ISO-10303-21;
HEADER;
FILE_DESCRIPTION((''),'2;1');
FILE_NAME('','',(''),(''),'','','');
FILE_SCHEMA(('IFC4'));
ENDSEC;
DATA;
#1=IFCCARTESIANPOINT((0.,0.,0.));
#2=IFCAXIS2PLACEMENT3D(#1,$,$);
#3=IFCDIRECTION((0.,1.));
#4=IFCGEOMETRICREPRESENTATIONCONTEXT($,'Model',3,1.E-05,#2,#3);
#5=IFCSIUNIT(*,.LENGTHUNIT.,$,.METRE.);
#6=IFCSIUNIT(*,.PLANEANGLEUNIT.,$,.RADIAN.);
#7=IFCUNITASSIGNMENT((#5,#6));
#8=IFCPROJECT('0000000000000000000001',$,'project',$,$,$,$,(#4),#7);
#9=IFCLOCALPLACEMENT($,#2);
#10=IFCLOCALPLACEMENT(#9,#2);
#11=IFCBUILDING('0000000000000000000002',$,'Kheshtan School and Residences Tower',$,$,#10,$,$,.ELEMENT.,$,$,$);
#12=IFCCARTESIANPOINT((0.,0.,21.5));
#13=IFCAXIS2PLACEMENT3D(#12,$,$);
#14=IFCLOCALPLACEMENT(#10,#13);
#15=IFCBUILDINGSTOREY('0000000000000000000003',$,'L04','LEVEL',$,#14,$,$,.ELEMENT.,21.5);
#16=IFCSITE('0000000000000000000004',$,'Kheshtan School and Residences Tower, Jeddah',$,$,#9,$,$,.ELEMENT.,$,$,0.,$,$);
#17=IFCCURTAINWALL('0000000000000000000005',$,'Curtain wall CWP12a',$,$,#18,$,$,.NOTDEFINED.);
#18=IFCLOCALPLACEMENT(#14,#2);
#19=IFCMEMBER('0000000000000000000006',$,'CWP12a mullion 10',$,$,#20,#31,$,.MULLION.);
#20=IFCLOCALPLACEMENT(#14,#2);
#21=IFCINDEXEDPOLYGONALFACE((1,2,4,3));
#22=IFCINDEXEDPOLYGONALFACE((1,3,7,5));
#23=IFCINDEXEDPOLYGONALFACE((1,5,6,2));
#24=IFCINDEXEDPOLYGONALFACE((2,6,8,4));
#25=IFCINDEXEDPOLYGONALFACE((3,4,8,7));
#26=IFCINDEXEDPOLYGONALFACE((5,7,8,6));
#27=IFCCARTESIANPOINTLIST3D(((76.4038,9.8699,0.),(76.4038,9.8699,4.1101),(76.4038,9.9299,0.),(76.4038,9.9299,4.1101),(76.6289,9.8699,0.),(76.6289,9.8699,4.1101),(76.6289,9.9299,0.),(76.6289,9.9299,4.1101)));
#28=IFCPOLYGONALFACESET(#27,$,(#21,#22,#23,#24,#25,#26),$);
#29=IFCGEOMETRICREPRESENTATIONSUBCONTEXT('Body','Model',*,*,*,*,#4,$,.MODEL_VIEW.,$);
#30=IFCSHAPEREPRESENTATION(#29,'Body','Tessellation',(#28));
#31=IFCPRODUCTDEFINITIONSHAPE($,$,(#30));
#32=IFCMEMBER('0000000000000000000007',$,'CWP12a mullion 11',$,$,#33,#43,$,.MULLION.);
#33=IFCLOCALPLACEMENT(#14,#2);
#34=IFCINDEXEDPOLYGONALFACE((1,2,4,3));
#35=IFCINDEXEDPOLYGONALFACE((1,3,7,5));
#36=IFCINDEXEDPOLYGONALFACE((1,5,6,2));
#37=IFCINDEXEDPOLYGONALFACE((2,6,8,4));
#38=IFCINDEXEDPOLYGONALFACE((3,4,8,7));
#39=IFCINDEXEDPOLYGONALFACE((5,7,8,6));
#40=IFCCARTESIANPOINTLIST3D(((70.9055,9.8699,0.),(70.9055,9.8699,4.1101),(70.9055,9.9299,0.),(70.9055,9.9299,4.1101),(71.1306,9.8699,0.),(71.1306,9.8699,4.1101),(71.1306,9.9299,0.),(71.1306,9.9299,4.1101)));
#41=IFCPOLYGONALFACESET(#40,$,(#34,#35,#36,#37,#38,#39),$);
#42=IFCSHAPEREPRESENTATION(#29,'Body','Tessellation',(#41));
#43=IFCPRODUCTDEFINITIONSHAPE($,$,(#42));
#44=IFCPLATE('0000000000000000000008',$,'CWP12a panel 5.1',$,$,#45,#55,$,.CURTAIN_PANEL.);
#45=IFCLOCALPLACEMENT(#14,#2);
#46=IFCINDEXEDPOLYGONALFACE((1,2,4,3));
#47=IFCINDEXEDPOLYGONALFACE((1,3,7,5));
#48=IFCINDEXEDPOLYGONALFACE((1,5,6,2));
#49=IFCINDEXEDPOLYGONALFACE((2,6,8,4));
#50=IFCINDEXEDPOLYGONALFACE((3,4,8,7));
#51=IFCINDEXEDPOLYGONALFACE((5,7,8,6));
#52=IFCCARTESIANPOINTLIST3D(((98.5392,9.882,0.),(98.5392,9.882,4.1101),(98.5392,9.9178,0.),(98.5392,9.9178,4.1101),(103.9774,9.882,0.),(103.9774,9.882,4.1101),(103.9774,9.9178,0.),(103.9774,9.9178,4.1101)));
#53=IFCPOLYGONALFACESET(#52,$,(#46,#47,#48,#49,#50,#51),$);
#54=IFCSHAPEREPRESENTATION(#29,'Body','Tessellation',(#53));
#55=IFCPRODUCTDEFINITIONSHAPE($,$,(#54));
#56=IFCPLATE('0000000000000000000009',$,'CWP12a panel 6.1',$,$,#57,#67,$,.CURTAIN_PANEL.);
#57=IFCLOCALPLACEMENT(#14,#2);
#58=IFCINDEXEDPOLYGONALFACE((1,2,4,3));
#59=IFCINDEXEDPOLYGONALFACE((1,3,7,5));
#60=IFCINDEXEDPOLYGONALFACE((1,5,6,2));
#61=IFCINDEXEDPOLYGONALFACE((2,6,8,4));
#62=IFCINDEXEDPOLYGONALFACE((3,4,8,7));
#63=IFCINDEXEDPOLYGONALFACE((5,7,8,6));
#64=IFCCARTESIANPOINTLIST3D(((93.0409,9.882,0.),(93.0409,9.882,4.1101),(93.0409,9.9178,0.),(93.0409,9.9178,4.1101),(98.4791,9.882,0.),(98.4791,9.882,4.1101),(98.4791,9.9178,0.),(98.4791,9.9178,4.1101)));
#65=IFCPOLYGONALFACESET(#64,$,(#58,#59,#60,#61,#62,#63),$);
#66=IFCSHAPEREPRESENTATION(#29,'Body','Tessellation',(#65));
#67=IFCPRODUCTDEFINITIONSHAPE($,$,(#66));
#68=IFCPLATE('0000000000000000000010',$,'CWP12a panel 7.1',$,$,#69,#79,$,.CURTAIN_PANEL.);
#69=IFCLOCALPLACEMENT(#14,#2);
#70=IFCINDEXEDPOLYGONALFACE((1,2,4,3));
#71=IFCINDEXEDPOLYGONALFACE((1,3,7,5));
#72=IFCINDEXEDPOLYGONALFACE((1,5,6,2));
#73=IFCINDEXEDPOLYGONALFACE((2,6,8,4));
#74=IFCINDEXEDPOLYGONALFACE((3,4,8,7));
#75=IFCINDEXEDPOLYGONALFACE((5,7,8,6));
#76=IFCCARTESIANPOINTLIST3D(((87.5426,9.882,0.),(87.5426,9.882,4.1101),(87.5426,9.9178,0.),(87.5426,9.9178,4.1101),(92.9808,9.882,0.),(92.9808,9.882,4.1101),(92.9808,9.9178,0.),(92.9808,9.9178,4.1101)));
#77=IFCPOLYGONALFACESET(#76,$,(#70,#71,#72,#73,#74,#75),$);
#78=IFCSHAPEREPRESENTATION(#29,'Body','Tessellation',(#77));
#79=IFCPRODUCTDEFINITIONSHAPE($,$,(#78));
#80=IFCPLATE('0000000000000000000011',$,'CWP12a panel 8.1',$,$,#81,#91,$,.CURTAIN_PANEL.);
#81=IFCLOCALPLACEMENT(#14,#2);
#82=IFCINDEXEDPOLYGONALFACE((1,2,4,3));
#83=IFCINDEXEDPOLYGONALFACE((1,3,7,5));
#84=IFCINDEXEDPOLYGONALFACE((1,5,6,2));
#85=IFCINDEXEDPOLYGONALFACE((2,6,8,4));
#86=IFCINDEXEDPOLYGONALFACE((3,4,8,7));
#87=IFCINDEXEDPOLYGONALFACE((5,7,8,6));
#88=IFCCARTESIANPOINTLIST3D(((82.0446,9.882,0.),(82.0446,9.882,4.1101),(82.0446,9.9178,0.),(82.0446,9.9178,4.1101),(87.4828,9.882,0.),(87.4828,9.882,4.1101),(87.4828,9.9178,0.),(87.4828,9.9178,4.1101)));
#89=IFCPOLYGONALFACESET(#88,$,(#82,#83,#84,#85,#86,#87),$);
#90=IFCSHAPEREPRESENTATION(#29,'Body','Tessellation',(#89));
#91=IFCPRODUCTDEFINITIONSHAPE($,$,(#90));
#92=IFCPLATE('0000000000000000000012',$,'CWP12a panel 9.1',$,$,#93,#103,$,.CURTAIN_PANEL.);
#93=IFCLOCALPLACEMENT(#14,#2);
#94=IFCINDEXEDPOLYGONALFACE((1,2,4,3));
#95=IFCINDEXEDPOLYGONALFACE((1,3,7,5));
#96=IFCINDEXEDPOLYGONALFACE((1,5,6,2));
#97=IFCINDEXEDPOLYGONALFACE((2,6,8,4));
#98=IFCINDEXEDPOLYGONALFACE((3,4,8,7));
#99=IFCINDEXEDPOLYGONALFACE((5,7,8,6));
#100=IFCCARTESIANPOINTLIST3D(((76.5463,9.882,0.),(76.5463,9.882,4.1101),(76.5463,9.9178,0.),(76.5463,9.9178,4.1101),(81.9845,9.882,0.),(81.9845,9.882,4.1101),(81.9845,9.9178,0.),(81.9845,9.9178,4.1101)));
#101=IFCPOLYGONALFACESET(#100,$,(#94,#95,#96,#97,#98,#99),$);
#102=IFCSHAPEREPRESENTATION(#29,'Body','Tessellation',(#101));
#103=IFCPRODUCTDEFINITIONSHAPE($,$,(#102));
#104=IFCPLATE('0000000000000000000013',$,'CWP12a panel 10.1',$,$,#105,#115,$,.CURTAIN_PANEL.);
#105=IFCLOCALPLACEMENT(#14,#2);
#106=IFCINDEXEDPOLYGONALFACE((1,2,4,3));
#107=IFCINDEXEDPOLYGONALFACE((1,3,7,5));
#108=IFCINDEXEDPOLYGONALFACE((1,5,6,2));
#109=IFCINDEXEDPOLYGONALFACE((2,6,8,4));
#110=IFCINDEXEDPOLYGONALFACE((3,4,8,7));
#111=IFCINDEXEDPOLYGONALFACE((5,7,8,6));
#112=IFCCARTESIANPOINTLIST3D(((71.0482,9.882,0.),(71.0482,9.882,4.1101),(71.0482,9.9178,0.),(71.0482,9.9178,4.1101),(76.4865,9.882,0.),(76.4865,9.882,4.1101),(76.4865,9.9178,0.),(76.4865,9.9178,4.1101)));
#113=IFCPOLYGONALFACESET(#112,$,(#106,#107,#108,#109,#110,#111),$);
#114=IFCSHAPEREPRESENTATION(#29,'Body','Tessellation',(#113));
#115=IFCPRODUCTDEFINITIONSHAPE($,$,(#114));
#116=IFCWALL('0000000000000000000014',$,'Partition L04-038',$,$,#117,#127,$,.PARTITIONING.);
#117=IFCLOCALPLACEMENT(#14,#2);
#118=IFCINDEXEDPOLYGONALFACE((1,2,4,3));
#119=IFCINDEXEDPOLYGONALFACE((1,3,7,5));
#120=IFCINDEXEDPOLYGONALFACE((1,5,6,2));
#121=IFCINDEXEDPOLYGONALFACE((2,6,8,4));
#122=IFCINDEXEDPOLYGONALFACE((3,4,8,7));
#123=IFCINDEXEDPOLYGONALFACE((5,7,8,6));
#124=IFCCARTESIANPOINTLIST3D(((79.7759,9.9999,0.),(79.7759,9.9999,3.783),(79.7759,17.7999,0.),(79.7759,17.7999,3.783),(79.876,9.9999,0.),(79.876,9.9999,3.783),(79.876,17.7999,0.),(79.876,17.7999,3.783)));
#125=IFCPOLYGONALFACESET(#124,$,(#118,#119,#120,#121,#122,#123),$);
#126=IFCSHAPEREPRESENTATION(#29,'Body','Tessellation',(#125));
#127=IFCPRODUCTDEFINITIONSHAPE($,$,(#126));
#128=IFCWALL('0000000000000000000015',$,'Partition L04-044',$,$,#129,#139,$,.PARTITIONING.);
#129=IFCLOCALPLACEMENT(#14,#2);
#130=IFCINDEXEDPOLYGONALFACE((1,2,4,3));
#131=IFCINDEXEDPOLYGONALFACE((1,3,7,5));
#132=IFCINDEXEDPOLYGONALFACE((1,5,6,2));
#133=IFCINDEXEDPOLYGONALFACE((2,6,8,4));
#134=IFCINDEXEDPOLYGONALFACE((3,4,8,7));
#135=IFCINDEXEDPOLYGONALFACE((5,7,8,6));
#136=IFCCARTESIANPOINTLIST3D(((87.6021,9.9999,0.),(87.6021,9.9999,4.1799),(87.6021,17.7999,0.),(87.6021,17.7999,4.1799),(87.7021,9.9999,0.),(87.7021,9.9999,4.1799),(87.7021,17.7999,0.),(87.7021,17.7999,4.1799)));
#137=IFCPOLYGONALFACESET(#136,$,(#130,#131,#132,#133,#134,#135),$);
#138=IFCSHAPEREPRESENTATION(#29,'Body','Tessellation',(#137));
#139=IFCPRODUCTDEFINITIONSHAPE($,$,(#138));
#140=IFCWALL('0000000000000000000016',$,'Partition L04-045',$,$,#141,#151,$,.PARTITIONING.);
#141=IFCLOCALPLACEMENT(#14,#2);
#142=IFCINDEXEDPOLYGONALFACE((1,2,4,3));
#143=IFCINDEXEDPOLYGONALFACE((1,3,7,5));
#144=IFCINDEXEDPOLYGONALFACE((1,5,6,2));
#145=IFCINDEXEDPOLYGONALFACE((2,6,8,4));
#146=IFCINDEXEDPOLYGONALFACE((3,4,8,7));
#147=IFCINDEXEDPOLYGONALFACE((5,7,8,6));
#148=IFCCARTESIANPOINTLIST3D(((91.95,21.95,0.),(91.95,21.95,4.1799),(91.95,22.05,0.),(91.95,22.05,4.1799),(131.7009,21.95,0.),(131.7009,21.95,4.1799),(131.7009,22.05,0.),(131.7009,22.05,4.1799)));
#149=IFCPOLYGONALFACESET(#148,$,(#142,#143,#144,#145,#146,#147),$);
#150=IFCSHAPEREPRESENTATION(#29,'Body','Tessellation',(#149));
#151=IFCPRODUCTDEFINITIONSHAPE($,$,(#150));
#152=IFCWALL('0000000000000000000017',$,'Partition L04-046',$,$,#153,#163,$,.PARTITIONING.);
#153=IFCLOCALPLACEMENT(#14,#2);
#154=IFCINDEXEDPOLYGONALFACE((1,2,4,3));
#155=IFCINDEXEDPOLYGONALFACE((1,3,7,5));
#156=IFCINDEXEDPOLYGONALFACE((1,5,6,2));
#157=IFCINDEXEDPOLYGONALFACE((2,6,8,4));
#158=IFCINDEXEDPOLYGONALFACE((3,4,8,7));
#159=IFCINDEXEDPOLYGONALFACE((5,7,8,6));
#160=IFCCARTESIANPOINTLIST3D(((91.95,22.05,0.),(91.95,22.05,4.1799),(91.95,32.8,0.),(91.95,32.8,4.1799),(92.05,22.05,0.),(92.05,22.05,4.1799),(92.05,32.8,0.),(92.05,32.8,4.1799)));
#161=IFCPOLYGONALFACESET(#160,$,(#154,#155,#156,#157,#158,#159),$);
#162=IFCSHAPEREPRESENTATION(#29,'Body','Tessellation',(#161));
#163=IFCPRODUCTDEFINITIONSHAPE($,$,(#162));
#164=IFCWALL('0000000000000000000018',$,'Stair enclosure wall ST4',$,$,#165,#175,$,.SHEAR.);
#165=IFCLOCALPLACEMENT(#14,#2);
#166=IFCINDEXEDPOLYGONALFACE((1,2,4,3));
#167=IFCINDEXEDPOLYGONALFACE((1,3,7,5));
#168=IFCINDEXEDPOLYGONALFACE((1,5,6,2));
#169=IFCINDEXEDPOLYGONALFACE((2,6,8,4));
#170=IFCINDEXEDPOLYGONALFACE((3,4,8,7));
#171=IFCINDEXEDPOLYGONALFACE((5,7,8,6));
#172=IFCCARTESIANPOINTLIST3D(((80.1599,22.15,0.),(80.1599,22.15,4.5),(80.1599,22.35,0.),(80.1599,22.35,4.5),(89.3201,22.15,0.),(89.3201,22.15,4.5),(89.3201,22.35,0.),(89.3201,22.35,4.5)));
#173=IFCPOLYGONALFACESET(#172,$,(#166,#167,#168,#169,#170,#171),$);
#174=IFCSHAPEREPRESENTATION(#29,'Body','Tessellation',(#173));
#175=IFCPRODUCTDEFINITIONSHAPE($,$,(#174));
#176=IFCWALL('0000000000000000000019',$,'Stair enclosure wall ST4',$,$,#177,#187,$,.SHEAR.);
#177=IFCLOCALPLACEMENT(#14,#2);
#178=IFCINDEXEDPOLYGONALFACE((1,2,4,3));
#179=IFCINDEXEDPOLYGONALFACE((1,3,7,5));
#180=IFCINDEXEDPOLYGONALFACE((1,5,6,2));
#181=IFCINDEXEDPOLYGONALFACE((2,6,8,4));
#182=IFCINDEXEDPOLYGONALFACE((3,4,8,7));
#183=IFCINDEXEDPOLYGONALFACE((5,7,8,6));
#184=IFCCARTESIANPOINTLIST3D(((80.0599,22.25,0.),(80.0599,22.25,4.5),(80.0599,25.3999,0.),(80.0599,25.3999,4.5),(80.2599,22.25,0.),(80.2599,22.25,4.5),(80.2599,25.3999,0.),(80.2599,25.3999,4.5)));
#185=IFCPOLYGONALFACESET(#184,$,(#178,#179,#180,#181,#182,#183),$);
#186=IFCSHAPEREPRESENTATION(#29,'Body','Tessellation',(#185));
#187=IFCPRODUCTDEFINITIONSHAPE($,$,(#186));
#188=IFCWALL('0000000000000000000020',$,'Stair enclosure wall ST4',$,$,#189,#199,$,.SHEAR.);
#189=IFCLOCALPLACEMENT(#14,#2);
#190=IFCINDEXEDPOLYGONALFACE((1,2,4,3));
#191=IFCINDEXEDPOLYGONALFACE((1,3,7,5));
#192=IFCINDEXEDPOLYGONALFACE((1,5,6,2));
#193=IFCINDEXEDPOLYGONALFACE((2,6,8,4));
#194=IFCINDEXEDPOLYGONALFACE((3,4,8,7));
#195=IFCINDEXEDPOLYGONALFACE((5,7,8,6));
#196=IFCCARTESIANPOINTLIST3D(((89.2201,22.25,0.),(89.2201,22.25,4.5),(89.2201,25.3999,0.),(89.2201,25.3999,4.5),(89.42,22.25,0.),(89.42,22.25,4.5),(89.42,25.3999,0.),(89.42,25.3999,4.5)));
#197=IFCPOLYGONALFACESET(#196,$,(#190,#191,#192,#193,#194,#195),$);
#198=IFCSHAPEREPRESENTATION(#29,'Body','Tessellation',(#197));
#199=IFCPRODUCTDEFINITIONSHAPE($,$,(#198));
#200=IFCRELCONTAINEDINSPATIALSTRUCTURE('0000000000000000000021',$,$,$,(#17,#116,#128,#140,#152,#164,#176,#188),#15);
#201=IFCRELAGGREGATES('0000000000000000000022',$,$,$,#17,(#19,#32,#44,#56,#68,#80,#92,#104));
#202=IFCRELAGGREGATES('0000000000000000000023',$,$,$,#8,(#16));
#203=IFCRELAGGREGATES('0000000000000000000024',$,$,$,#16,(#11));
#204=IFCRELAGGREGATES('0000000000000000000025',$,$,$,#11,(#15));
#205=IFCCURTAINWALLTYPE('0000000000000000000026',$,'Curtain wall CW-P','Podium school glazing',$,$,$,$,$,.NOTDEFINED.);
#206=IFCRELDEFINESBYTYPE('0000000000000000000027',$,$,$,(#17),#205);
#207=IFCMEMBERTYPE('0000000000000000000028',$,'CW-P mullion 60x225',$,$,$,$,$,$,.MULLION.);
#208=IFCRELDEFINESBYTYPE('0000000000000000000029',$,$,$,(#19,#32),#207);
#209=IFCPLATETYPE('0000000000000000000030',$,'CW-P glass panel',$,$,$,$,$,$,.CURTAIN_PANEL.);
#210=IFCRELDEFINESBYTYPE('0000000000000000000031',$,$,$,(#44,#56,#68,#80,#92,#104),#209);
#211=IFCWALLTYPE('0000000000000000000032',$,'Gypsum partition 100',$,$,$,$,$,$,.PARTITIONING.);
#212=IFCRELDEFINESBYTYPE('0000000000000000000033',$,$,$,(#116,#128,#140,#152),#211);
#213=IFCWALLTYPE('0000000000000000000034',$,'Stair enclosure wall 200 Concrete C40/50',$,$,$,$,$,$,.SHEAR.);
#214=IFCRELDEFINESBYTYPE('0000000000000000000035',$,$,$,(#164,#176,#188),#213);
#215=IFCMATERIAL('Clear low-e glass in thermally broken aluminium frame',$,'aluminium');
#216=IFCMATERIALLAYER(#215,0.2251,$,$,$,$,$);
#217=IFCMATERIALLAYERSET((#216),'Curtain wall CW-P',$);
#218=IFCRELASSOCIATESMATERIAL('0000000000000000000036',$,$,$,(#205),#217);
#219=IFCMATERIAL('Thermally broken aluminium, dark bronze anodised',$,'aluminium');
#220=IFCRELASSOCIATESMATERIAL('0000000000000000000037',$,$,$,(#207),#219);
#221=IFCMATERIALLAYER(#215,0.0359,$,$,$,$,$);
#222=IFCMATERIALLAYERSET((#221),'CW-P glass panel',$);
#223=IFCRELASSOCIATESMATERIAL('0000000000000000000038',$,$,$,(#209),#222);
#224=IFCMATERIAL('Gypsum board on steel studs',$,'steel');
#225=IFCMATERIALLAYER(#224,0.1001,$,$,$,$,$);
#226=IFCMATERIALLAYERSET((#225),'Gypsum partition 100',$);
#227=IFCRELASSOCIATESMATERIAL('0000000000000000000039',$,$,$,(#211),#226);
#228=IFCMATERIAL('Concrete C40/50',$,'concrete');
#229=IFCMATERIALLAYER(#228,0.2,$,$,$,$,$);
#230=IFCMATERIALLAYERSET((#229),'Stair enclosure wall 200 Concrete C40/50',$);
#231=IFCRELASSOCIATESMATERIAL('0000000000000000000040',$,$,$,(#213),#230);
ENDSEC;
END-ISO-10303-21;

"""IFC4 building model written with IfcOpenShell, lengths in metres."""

from ifc_helpers import new_model, si_unit, direction, frame, frame_2d, origin, origin_2d, place, context, subcontext, project, spatial, rectangle, extrude, material, layer, layer_set, material_profile, profile_set, type_object, element, aggregate, save


model = new_model("IFC4")

# Units and contexts
model_context = context("Model", 3, precision=1e-05, world=origin(), true_north=direction((0.0, 1.0)))
body_context = subcontext(model_context, "Body", "Model", "MODEL_VIEW")
ifc_project = project(units=[si_unit("LENGTHUNIT", "METRE"), si_unit("PLANEANGLEUNIT", "RADIAN")], contexts=[model_context])

# Site, building, storey
site_placement = place(None, origin())
site = spatial("IfcSite", under=ifc_project, at=site_placement, Name="Kheshtan School and Residences Tower, Jeddah", CompositionType="ELEMENT", RefElevation=0.0)
building_placement = place(site_placement, origin())
building = spatial("IfcBuilding", under=site, at=building_placement, Name="Kheshtan School and Residences Tower", CompositionType="ELEMENT")
storey_placement = place(building_placement, frame((0.0, 0.0, 21.5)))
storey = spatial("IfcBuildingStorey", under=building, at=storey_placement, Name="L04", Description="LEVEL", CompositionType="ELEMENT", Elevation=21.5)

# Curtain wall, members, plates
ifc_material_1 = material(Name="Clear low-e glass in thermally broken aluminium frame", Category="aluminium")
ifc_layer_1 = layer(ifc_material_1, 0.2251)
ifc_layer_set_1 = layer_set([ifc_layer_1], Name="Curtain wall CW-P")
curtain_wall_type = type_object("IfcCurtainWallType", Name="Curtain wall CW-P", Description="Podium school glazing", PredefinedType="NOTDEFINED", material=ifc_layer_set_1)
curtain_wall_placement = place(storey_placement, origin())
curtain_wall = element("IfcCurtainWall", 1, at=curtain_wall_placement, inside=storey, type_object=curtain_wall_type, Name="Curtain wall CWP12a", PredefinedType="NOTDEFINED")
ifc_material_2 = material(Name="Thermally broken aluminium, dark bronze anodised", Category="aluminium")
ifc_material_profile_1 = material_profile(ifc_material_2, rectangle(XDim=0.0601, YDim=0.2251, at=origin_2d()), Name="CW-P mullion 60x225")
ifc_profile_set_1 = profile_set([ifc_material_profile_1], Name="Thermally broken aluminium, dark bronze anodised")
member_type = type_object("IfcMemberType", Name="CW-P mullion 60x225", PredefinedType="MULLION", material=ifc_profile_set_1)
member_1_placement = place(storey_placement, frame((76.5164, 9.8999, 0.0), z_axis=(0.0, 0.0, 1.0), x_axis=(0.0, -1.0, 0.0)))
member_1 = element("IfcMember", 2, at=member_1_placement, type_object=member_type, Name="CWP12a mullion 10", PredefinedType="MULLION", context=body_context, shape_type="SweptSolid", body=[
    extrude(rectangle(XDim=0.0601, YDim=0.2251, at=origin_2d()), origin(), (0.0, 0.0, 1.0), 4.1101),
])
member_2_placement = place(storey_placement, frame((71.0181, 9.8999, 0.0), z_axis=(0.0, 0.0, 1.0), x_axis=(0.0, -1.0, 0.0)))
member_2 = element("IfcMember", 3, at=member_2_placement, type_object=member_type, Name="CWP12a mullion 11", PredefinedType="MULLION", context=body_context, shape_type="SweptSolid", body=[
    extrude(rectangle(XDim=0.0601, YDim=0.2251, at=origin_2d()), origin(), (0.0, 0.0, 1.0), 4.1101),
])
ifc_layer_2 = layer(ifc_material_1, 0.0359)
ifc_layer_set_2 = layer_set([ifc_layer_2], Name="CW-P glass panel")
plate_type = type_object("IfcPlateType", Name="CW-P glass panel", PredefinedType="CURTAIN_PANEL", material=ifc_layer_set_2)
plate_1_placement = place(storey_placement, frame((101.2583, 9.8999, 0.0), z_axis=(0.0, 0.0, 1.0), x_axis=(-1.0, 0.0, 0.0)))
plate_1 = element("IfcPlate", 4, at=plate_1_placement, type_object=plate_type, Name="CWP12a panel 5.1", PredefinedType="CURTAIN_PANEL", context=body_context, shape_type="SweptSolid", body=[
    extrude(rectangle(XDim=5.4382, YDim=0.0359, at=origin_2d()), origin(), (0.0, 0.0, 1.0), 4.1101),
])
plate_2_placement = place(storey_placement, frame((95.76, 9.8999, 0.0), z_axis=(0.0, 0.0, 1.0), x_axis=(-1.0, 0.0, 0.0)))
plate_2 = element("IfcPlate", 5, at=plate_2_placement, type_object=plate_type, Name="CWP12a panel 6.1", PredefinedType="CURTAIN_PANEL", context=body_context, shape_type="SweptSolid", body=[
    extrude(rectangle(XDim=5.4382, YDim=0.0359, at=origin_2d()), origin(), (0.0, 0.0, 1.0), 4.1101),
])
plate_3_placement = place(storey_placement, frame((90.2617, 9.8999, 0.0), z_axis=(0.0, 0.0, 1.0), x_axis=(-1.0, 0.0, 0.0)))
plate_3 = element("IfcPlate", 6, at=plate_3_placement, type_object=plate_type, Name="CWP12a panel 7.1", PredefinedType="CURTAIN_PANEL", context=body_context, shape_type="SweptSolid", body=[
    extrude(rectangle(XDim=5.4382, YDim=0.0359, at=origin_2d()), origin(), (0.0, 0.0, 1.0), 4.1101),
])
plate_4_placement = place(storey_placement, frame((84.7637, 9.8999, 0.0), z_axis=(0.0, 0.0, 1.0), x_axis=(-1.0, 0.0, 0.0)))
plate_4 = element("IfcPlate", 7, at=plate_4_placement, type_object=plate_type, Name="CWP12a panel 8.1", PredefinedType="CURTAIN_PANEL", context=body_context, shape_type="SweptSolid", body=[
    extrude(rectangle(XDim=5.4382, YDim=0.0359, at=origin_2d()), origin(), (0.0, 0.0, 1.0), 4.1101),
])
plate_5_placement = place(storey_placement, frame((79.2654, 9.8999, 0.0), z_axis=(0.0, 0.0, 1.0), x_axis=(-1.0, 0.0, 0.0)))
plate_5 = element("IfcPlate", 8, at=plate_5_placement, type_object=plate_type, Name="CWP12a panel 9.1", PredefinedType="CURTAIN_PANEL", context=body_context, shape_type="SweptSolid", body=[
    extrude(rectangle(XDim=5.4382, YDim=0.0359, at=origin_2d()), origin(), (0.0, 0.0, 1.0), 4.1101),
])
plate_6_placement = place(storey_placement, frame((73.7673, 9.8999, 0.0), z_axis=(0.0, 0.0, 1.0), x_axis=(-1.0, 0.0, 0.0)))
plate_6 = element("IfcPlate", 9, at=plate_6_placement, type_object=plate_type, Name="CWP12a panel 10.1", PredefinedType="CURTAIN_PANEL", context=body_context, shape_type="SweptSolid", body=[
    extrude(rectangle(XDim=5.4382, YDim=0.0359, at=origin_2d()), origin(), (0.0, 0.0, 1.0), 4.1101),
])
aggregate(curtain_wall, [member_1, member_2, plate_1, plate_2, plate_3, plate_4, plate_5, plate_6])

# Walls
ifc_material_3 = material(Name="Gypsum board on steel studs", Category="steel")
ifc_layer_3 = layer(ifc_material_3, 0.1001)
ifc_layer_set_3 = layer_set([ifc_layer_3], Name="Gypsum partition 100")
wall_type_1 = type_object("IfcWallType", Name="Gypsum partition 100", PredefinedType="PARTITIONING", material=ifc_layer_set_3)
wall_1_placement = place(storey_placement, frame((79.8259, 10.0, 0.0), z_axis=(0.0, 0.0, 1.0), x_axis=(0.0, 1.0, 0.0)))
element("IfcWall", 10, at=wall_1_placement, inside=storey, type_object=wall_type_1, Name="Partition L04-038", PredefinedType="PARTITIONING", context=body_context, shape_type="SweptSolid", body=[
    extrude(rectangle(XDim=7.8, YDim=0.1001, at=frame_2d((3.8999, 0.0))), origin(), (0.0, 0.0, 1.0), 3.783),
])
wall_2_placement = place(storey_placement, frame((87.6521, 10.0, 0.0), z_axis=(0.0, 0.0, 1.0), x_axis=(0.0, 1.0, 0.0)))
element("IfcWall", 11, at=wall_2_placement, inside=storey, type_object=wall_type_1, Name="Partition L04-044", PredefinedType="PARTITIONING", context=body_context, shape_type="SweptSolid", body=[
    extrude(rectangle(XDim=7.8, YDim=0.1001, at=frame_2d((3.8999, 0.0))), origin(), (0.0, 0.0, 1.0), 4.1799),
])
wall_3_placement = place(storey_placement, frame((91.95, 22.0, 0.0), z_axis=(0.0, 0.0, 1.0), x_axis=(1.0, 0.0, 0.0)))
element("IfcWall", 12, at=wall_3_placement, inside=storey, type_object=wall_type_1, Name="Partition L04-045", PredefinedType="PARTITIONING", context=body_context, shape_type="SweptSolid", body=[
    extrude(rectangle(XDim=39.751, YDim=0.1001, at=frame_2d((19.8755, 0.0))), origin(), (0.0, 0.0, 1.0), 4.1799),
])
wall_4_placement = place(storey_placement, frame((92.0, 22.05, 0.0), z_axis=(0.0, 0.0, 1.0), x_axis=(0.0, 1.0, 0.0)))
element("IfcWall", 13, at=wall_4_placement, inside=storey, type_object=wall_type_1, Name="Partition L04-046", PredefinedType="PARTITIONING", context=body_context, shape_type="SweptSolid", body=[
    extrude(rectangle(XDim=10.75, YDim=0.1001, at=frame_2d((5.375, 0.0))), origin(), (0.0, 0.0, 1.0), 4.1799),
])
ifc_material_4 = material(Name="Concrete C40/50", Category="concrete")
ifc_layer_4 = layer(ifc_material_4, 0.2)
ifc_layer_set_4 = layer_set([ifc_layer_4], Name="Stair enclosure wall 200 Concrete C40/50")
wall_type_2 = type_object("IfcWallType", Name="Stair enclosure wall 200 Concrete C40/50", PredefinedType="SHEAR", material=ifc_layer_set_4)
wall_5_placement = place(storey_placement, frame((80.1599, 22.25, 0.0), z_axis=(0.0, 0.0, 1.0), x_axis=(1.0, 0.0, 0.0)))
element("IfcWall", 14, at=wall_5_placement, inside=storey, type_object=wall_type_2, Name="Stair enclosure wall ST4", PredefinedType="SHEAR", context=body_context, shape_type="SweptSolid", body=[
    extrude(rectangle(XDim=9.1602, YDim=0.2, at=frame_2d((4.5801, 0.0))), origin(), (0.0, 0.0, 1.0), 4.5),
])
for number, where, z_axis, x_axis, name in (
    (15, (80.1599, 22.25, 0.0), (0.0, 0.0, 1.0), (0.0, 1.0, 0.0), "Stair enclosure wall ST4"),
    (16, (89.3201, 22.25, 0.0), (0.0, 0.0, 1.0), (0.0, 1.0, 0.0), "Stair enclosure wall ST4"),
):
    element("IfcWall", number, at=place(storey_placement, frame(where, z_axis=z_axis, x_axis=x_axis)), inside=storey, type_object=wall_type_2, Name=name, PredefinedType="SHEAR", context=body_context, shape_type="SweptSolid", body=[
        extrude(rectangle(XDim=3.1499, YDim=0.2, at=frame_2d((1.575, 0.0))), origin(), (0.0, 0.0, 1.0), 4.5),
    ])

save(model, "model.ifc")
